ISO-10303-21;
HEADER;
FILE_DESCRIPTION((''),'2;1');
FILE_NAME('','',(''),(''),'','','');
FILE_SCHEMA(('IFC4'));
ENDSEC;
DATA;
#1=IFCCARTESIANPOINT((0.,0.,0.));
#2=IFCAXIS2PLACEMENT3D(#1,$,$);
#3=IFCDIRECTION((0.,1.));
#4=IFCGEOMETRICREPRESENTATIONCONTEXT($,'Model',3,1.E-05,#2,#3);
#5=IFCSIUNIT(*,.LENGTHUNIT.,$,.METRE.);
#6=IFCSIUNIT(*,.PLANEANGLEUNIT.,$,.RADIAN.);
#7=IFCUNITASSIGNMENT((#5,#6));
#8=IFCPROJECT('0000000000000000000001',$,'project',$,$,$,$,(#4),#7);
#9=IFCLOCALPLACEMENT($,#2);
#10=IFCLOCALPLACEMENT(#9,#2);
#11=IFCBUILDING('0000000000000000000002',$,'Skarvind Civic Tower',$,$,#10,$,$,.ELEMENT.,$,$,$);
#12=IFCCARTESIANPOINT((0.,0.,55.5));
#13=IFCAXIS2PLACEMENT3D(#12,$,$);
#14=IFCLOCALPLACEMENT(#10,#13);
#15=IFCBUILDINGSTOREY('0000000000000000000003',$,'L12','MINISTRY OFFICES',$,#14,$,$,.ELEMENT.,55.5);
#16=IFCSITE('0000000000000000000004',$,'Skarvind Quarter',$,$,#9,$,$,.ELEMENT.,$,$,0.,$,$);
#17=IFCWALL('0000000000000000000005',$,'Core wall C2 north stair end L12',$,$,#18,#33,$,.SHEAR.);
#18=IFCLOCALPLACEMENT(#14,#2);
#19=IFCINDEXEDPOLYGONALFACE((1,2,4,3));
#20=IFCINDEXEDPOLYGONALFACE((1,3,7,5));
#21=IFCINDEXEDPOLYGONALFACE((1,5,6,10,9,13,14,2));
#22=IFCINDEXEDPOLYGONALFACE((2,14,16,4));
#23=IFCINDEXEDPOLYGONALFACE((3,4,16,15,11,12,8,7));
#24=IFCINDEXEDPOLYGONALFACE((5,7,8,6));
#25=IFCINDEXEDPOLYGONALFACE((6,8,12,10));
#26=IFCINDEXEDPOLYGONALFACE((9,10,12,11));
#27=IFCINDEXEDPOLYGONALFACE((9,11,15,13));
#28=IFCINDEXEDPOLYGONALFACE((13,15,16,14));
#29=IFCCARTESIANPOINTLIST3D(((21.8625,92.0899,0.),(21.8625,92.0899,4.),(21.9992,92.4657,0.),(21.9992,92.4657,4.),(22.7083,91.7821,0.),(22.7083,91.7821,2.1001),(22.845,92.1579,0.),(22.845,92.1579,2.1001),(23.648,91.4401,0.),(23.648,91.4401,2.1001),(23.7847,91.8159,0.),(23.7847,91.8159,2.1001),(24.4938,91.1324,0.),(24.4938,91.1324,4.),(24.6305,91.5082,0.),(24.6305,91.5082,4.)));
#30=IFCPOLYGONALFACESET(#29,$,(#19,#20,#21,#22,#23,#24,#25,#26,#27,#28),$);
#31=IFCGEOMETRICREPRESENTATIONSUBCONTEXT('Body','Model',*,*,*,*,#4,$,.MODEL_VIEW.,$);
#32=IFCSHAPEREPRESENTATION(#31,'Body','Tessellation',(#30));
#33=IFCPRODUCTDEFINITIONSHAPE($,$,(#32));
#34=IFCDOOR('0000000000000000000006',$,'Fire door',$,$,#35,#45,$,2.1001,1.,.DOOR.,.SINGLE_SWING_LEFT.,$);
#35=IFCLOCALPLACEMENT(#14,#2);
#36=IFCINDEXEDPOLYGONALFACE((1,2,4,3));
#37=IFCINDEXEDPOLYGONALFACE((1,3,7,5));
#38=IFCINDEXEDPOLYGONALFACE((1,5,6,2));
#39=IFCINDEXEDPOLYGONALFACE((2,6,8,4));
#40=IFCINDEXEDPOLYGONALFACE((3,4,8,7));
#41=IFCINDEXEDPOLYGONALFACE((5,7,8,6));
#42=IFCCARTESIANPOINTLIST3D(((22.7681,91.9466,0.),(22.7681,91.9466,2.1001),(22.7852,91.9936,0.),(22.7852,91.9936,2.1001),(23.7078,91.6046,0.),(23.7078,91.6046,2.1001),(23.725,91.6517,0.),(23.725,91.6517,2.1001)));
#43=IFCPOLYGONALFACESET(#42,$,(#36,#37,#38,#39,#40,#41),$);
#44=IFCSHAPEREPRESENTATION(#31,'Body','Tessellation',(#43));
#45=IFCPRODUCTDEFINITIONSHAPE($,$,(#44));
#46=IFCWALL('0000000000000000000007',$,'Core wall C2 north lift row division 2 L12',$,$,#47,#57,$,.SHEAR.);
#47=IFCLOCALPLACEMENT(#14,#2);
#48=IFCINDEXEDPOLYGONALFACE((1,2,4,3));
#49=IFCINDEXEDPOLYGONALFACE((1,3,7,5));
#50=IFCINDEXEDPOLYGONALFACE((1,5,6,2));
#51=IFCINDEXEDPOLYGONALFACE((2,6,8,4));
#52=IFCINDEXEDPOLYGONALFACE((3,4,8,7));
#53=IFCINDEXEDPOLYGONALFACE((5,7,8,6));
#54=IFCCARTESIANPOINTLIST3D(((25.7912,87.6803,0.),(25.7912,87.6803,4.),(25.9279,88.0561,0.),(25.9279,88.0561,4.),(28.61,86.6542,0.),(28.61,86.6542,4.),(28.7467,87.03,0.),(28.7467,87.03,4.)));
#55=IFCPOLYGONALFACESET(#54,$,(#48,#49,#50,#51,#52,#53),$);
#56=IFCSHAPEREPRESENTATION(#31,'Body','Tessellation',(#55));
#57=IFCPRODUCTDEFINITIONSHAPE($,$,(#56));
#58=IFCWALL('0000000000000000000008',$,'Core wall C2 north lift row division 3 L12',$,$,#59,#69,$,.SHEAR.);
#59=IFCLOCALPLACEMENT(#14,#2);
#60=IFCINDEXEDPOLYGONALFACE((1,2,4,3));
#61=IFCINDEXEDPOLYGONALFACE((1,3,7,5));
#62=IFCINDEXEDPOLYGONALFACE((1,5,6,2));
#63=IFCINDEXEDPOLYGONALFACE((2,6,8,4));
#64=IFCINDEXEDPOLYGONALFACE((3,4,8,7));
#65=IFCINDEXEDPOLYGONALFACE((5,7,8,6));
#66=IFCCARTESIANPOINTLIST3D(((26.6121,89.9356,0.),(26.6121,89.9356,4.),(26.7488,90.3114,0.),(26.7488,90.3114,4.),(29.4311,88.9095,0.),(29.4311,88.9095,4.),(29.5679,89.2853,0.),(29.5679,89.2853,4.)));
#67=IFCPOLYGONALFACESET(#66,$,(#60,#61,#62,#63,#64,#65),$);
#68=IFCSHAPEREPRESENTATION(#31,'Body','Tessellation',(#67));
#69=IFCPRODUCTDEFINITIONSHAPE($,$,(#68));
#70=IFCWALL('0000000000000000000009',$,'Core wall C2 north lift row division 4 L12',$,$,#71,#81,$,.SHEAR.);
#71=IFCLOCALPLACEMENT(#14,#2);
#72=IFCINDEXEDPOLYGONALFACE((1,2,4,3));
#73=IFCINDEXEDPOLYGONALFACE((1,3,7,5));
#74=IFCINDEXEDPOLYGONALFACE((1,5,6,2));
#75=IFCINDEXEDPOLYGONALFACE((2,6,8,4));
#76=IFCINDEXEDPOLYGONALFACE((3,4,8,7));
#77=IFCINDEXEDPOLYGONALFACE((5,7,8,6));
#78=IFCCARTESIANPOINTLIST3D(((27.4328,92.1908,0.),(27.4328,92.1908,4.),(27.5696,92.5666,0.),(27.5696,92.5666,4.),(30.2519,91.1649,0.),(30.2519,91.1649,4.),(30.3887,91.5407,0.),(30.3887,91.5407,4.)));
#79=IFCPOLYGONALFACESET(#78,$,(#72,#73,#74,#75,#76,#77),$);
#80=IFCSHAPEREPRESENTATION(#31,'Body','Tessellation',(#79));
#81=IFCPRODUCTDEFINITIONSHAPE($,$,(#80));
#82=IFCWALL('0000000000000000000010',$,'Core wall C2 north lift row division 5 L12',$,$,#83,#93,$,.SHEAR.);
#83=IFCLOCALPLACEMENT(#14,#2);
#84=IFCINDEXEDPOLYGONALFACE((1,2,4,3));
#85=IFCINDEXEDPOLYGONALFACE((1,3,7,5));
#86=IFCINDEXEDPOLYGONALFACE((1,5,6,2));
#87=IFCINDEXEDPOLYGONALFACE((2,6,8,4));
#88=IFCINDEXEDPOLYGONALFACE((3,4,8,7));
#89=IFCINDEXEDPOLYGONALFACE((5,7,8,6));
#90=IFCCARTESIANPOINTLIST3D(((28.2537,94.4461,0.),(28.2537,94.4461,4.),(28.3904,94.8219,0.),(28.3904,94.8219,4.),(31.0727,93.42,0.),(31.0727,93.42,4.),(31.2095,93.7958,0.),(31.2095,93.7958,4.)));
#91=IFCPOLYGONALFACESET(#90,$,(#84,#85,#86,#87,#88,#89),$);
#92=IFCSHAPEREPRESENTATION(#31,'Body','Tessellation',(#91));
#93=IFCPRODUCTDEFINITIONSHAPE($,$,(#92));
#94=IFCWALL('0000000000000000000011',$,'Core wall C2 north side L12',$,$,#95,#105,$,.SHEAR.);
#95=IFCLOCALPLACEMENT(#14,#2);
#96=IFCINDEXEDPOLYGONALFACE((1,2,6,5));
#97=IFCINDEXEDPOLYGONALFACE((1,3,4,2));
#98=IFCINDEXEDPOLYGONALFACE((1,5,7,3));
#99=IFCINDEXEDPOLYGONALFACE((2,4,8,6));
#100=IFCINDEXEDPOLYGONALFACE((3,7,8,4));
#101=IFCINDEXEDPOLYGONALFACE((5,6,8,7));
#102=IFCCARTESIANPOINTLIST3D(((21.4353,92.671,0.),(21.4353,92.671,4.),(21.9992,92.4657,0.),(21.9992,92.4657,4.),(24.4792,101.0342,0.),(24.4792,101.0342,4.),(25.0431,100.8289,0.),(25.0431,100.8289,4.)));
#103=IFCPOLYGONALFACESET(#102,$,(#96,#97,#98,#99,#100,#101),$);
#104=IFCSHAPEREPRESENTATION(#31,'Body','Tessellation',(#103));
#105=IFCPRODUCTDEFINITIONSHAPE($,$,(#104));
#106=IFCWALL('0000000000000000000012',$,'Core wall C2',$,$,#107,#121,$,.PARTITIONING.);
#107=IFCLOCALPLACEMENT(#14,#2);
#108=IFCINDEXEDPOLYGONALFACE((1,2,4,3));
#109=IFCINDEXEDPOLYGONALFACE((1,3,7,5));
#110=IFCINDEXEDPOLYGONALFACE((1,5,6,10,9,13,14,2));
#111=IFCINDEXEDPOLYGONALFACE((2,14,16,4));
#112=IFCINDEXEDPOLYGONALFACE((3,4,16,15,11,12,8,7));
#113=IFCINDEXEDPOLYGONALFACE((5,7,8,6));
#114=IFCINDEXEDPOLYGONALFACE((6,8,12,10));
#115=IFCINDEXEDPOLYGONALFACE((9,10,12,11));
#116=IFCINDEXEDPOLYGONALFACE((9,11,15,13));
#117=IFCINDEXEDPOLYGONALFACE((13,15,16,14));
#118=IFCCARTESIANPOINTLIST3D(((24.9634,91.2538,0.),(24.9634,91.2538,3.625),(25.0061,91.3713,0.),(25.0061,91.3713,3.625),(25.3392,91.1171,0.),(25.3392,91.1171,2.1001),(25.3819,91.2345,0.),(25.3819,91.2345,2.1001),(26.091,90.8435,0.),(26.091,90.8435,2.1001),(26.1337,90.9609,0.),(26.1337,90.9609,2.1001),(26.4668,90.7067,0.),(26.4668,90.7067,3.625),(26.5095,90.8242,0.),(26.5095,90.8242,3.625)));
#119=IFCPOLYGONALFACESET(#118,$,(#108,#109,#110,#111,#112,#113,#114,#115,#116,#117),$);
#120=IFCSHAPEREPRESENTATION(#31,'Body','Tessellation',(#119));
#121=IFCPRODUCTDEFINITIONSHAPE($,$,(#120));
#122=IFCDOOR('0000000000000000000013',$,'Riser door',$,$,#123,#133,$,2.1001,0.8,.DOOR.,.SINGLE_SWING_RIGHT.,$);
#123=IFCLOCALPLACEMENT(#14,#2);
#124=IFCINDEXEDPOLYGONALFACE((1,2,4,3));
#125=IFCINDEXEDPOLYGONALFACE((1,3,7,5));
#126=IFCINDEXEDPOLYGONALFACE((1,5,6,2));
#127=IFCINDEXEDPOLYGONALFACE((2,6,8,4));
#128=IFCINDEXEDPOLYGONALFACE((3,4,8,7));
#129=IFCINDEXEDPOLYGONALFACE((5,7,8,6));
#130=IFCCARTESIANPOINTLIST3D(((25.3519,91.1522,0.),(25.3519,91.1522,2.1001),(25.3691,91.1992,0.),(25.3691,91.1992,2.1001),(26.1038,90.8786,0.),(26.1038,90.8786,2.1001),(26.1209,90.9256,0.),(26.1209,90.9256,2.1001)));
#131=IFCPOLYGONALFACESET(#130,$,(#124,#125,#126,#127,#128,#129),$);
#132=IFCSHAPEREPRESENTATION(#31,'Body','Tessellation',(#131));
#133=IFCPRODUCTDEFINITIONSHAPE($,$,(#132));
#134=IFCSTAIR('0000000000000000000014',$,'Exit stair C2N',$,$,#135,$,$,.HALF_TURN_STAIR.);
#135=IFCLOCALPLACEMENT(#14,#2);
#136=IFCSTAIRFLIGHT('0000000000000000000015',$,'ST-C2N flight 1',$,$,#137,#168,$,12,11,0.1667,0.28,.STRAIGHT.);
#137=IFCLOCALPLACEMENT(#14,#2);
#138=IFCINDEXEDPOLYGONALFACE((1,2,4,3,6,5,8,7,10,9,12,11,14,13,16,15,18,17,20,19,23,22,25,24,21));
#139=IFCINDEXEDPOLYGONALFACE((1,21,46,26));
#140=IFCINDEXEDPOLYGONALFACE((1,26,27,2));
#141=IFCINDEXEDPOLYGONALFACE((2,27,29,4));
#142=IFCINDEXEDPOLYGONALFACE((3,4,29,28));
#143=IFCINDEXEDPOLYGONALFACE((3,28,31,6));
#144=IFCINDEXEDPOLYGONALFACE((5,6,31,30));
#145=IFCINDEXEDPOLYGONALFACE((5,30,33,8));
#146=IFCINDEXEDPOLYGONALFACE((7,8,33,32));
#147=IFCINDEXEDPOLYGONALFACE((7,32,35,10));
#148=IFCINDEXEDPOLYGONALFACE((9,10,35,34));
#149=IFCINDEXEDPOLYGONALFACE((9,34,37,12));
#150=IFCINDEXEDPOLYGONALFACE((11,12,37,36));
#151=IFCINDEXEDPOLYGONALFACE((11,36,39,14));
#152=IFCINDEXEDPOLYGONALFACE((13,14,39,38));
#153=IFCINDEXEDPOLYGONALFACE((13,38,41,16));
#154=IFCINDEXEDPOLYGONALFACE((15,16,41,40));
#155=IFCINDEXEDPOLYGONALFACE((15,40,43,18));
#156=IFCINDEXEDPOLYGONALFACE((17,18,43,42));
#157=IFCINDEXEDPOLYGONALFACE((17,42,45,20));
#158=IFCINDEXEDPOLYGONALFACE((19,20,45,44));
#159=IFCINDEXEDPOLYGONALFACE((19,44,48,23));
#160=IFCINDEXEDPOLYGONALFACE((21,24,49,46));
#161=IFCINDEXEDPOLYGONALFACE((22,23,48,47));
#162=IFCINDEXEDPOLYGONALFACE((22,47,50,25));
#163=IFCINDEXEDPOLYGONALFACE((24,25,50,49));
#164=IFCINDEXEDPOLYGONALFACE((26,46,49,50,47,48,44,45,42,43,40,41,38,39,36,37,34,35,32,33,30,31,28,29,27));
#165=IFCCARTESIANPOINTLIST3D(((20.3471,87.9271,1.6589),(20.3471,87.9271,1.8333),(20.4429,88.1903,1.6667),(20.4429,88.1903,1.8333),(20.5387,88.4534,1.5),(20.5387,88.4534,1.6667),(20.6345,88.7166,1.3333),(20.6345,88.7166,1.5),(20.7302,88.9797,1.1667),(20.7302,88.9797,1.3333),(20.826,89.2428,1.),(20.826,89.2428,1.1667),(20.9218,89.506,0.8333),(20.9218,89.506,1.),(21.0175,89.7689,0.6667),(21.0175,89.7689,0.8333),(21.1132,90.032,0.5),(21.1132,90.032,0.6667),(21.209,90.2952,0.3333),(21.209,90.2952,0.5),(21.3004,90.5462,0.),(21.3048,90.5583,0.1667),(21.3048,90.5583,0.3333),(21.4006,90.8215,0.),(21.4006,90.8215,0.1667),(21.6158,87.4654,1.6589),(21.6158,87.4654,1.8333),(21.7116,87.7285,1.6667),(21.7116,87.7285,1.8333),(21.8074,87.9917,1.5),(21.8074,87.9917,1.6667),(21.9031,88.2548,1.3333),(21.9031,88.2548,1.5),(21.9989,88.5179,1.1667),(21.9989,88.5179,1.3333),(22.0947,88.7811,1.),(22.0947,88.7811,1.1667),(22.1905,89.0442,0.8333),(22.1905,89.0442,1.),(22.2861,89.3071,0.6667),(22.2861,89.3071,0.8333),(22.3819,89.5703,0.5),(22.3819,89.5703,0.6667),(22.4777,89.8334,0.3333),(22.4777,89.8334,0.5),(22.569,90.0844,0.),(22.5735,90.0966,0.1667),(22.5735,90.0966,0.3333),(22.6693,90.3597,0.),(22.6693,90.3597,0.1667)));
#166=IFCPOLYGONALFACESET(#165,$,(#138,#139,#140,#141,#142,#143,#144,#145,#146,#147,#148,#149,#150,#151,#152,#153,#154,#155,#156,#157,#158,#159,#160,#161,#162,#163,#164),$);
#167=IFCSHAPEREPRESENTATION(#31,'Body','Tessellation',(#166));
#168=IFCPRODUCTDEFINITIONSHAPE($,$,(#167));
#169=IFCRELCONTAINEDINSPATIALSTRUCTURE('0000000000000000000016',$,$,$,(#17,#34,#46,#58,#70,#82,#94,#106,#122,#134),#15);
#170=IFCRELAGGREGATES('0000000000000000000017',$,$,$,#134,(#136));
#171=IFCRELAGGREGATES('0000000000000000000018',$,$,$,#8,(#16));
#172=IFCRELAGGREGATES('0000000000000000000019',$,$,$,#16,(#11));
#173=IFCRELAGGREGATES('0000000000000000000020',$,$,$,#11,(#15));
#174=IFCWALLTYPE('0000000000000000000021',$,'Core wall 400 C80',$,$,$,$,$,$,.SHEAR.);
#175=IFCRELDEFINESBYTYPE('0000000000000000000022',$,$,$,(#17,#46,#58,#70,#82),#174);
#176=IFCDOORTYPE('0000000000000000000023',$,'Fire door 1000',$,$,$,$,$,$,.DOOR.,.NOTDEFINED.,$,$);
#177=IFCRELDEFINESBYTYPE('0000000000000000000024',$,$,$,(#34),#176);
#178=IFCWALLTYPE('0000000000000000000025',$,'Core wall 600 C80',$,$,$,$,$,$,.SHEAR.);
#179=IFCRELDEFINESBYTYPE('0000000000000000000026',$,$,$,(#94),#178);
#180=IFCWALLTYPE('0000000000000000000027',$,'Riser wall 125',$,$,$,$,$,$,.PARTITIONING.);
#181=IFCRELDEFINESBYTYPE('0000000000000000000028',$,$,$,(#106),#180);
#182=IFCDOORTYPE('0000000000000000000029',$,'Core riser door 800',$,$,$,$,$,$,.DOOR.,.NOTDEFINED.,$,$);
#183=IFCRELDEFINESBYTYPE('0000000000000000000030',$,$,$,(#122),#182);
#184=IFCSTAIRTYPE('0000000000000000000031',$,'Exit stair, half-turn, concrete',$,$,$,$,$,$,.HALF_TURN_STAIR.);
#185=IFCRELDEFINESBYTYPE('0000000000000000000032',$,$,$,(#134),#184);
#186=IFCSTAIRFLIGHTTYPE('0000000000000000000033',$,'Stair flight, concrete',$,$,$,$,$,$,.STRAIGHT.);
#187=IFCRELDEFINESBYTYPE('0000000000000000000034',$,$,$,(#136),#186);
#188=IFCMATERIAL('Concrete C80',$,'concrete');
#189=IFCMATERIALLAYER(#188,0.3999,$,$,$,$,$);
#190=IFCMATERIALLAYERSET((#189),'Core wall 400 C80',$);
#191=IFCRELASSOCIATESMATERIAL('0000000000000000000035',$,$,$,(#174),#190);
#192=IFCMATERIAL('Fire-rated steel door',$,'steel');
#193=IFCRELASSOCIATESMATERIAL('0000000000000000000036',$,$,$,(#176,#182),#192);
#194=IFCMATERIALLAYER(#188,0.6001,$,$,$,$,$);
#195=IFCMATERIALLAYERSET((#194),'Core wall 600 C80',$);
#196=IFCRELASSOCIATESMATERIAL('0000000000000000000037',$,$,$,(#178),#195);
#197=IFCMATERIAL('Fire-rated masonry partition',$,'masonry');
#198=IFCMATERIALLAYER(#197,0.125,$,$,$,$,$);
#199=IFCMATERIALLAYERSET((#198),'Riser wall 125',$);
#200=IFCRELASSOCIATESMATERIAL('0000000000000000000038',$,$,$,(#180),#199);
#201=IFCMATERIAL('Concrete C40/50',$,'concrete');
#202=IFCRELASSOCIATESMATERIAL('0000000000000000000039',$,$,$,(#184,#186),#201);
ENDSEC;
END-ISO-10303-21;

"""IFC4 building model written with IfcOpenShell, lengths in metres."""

from ifc_helpers import new_model, si_unit, direction, frame, frame_2d, origin, place, context, subcontext, project, spatial, polyline, rectangle, outline, extrude, material, layer, layer_set, type_object, element, fill, aggregate, save


model = new_model("IFC4")

# Units and contexts
model_context = context("Model", 3, precision=1e-05, world=origin(), true_north=direction((0.0, 1.0)))
body_context = subcontext(model_context, "Body", "Model", "MODEL_VIEW")
ifc_project = project(units=[si_unit("LENGTHUNIT", "METRE"), si_unit("PLANEANGLEUNIT", "RADIAN")], contexts=[model_context])

# Site, building, storey
site_placement = place(None, origin())
site = spatial("IfcSite", under=ifc_project, at=site_placement, Name="Skarvind Quarter", CompositionType="ELEMENT", RefElevation=0.0)
building_placement = place(site_placement, origin())
building = spatial("IfcBuilding", under=site, at=building_placement, Name="Skarvind Civic Tower", CompositionType="ELEMENT")
storey_placement = place(building_placement, frame((0.0, 0.0, 55.5)))
storey = spatial("IfcBuildingStorey", under=building, at=storey_placement, Name="L12", Description="MINISTRY OFFICES", CompositionType="ELEMENT", Elevation=55.5)

# Wall, opening, door
ifc_material_1 = material(Name="Concrete C80", Category="concrete")
ifc_layer_1 = layer(ifc_material_1, 0.3999)
ifc_layer_set_1 = layer_set([ifc_layer_1], Name="Core wall 400 C80")
wall_type_1 = type_object("IfcWallType", Name="Core wall 400 C80", PredefinedType="SHEAR", material=ifc_layer_set_1)
wall_1_placement = place(storey_placement, frame((24.562, 91.3203, 0.0), z_axis=(0.0, 0.0, 1.0), x_axis=(-0.939717, 0.341953, 0.0)))
wall_1 = element("IfcWall", 1, at=wall_1_placement, inside=storey, type_object=wall_type_1, Name="Core wall C2 north stair end L12", PredefinedType="SHEAR", context=body_context, shape_type="SweptSolid", body=[
    extrude(rectangle(XDim=2.8, YDim=0.3999, at=frame_2d((1.3999, 0.0))), origin(), (0.0, 0.0, 1.0), 4.0),
])
opening_1_placement = place(wall_1_placement, frame((0.8999, 0.0, 0.0)))
opening_1 = element("IfcOpeningElement", 2, at=opening_1_placement, cuts=wall_1, PredefinedType="OPENING", context=body_context, shape_type="SweptSolid", body=[
    extrude(rectangle(XDim=1.0, YDim=2.1001, at=frame_2d((0.5, 1.05))), frame((0.0, 0.21, 0.0), z_axis=(0.0, -1.0, 0.0), x_axis=(1.0, 0.0, 0.0)), (0.0, 0.0, 1.0), 0.4199),
])
ifc_material_2 = material(Name="Fire-rated steel door", Category="steel")
door_type_1 = type_object("IfcDoorType", Name="Fire door 1000", OperationType="NOTDEFINED", PredefinedType="DOOR", material=ifc_material_2)
door_1_placement = place(opening_1_placement, origin())
door_1 = element("IfcDoor", 3, at=door_1_placement, inside=storey, type_object=door_type_1, Name="Fire door", OperationType="SINGLE_SWING_LEFT", OverallHeight=2.1001, OverallWidth=1.0, PredefinedType="DOOR", context=body_context, shape_type="SweptSolid", body=[
    extrude(rectangle(XDim=1.0, YDim=2.1001, at=frame_2d((0.5, 1.05))), frame((0.0, 0.0249, 0.0), z_axis=(0.0, -1.0, 0.0), x_axis=(1.0, 0.0, 0.0)), (0.0, 0.0, 1.0), 0.05),
])
fill(opening_1, door_1)

# Walls
wall_2_placement = place(storey_placement, frame((28.6785, 86.842, 0.0), z_axis=(0.0, 0.0, 1.0), x_axis=(-0.939677, 0.342063, 0.0)))
element("IfcWall", 4, at=wall_2_placement, inside=storey, type_object=wall_type_1, Name="Core wall C2 north lift row division 2 L12", PredefinedType="SHEAR", context=body_context, shape_type="SweptSolid", body=[
    extrude(rectangle(XDim=2.9998, YDim=0.3999, at=frame_2d((1.5, 0.0))), origin(), (0.0, 0.0, 1.0), 4.0),
])
for number, where, z_axis, x_axis, name in (
    (5, (29.4995, 89.0974, 0.0), (0.0, 0.0, 1.0), (-0.939686, 0.342037, 0.0), "Core wall C2 north lift row division 3 L12"),
    (6, (30.3203, 91.3528, 0.0), (0.0, 0.0, 1.0), (-0.939713, 0.341965, 0.0), "Core wall C2 north lift row division 4 L12"),
    (7, (31.1411, 93.6079, 0.0), (0.0, 0.0, 1.0), (-0.939686, 0.342037, 0.0), "Core wall C2 north lift row division 5 L12"),
):
    element("IfcWall", number, at=place(storey_placement, frame(where, z_axis=z_axis, x_axis=x_axis)), inside=storey, type_object=wall_type_1, Name=name, PredefinedType="SHEAR", context=body_context, shape_type="SweptSolid", body=[
        extrude(rectangle(XDim=3.0, YDim=0.3999, at=frame_2d((1.5, 0.0))), origin(), (0.0, 0.0, 1.0), 4.0),
    ])
ifc_layer_2 = layer(ifc_material_1, 0.6001)
ifc_layer_set_2 = layer_set([ifc_layer_2], Name="Core wall 600 C80")
wall_type_2 = type_object("IfcWallType", Name="Core wall 600 C80", PredefinedType="SHEAR", material=ifc_layer_set_2)
wall_3_placement = place(storey_placement, frame((21.7173, 92.5684, 0.0), z_axis=(0.0, 0.0, 1.0), x_axis=(0.342016, 0.939694, 0.0)))
element("IfcWall", 8, at=wall_3_placement, inside=storey, type_object=wall_type_2, Name="Core wall C2 north side L12", PredefinedType="SHEAR", context=body_context, shape_type="SweptSolid", body=[
    extrude(rectangle(XDim=8.8999, YDim=0.6001, at=frame_2d((4.45, 0.0))), origin(), (0.0, 0.0, 1.0), 4.0),
])

# Wall, opening, door
ifc_material_3 = material(Name="Fire-rated masonry partition", Category="masonry")
ifc_layer_3 = layer(ifc_material_3, 0.125)
ifc_layer_set_3 = layer_set([ifc_layer_3], Name="Riser wall 125")
wall_type_3 = type_object("IfcWallType", Name="Riser wall 125", PredefinedType="PARTITIONING", material=ifc_layer_set_3)
wall_4_placement = place(storey_placement, frame((24.9849, 91.3125, 0.0), z_axis=(0.0, 0.0, 1.0), x_axis=(0.939709, -0.341976, 0.0)))
wall_4 = element("IfcWall", 9, at=wall_4_placement, inside=storey, type_object=wall_type_3, Name="Core wall C2", PredefinedType="PARTITIONING", context=body_context, shape_type="SweptSolid", body=[
    extrude(rectangle(XDim=1.5999, YDim=0.125, at=frame_2d((0.7998, 0.0))), origin(), (0.0, 0.0, 1.0), 3.625),
])
opening_2_placement = place(wall_4_placement, frame((0.3999, 0.0, 0.0)))
opening_2 = element("IfcOpeningElement", 10, at=opening_2_placement, cuts=wall_4, PredefinedType="OPENING", context=body_context, shape_type="SweptSolid", body=[
    extrude(rectangle(XDim=0.8, YDim=2.1001, at=frame_2d((0.3999, 1.05))), frame((0.0, 0.0725, 0.0), z_axis=(0.0, -1.0, 0.0), x_axis=(1.0, 0.0, 0.0)), (0.0, 0.0, 1.0), 0.145),
])
door_type_2 = type_object("IfcDoorType", Name="Core riser door 800", OperationType="NOTDEFINED", PredefinedType="DOOR", material=ifc_material_2)
door_2_placement = place(opening_2_placement, origin())
door_2 = element("IfcDoor", 11, at=door_2_placement, inside=storey, type_object=door_type_2, Name="Riser door", OperationType="SINGLE_SWING_RIGHT", OverallHeight=2.1001, OverallWidth=0.8, PredefinedType="DOOR", context=body_context, shape_type="SweptSolid", body=[
    extrude(rectangle(XDim=0.8, YDim=2.1001, at=frame_2d((0.3999, 1.05))), frame((0.0, 0.0249, 0.0), z_axis=(0.0, -1.0, 0.0), x_axis=(1.0, 0.0, 0.0)), (0.0, 0.0, 1.0), 0.05),
])
fill(opening_2, door_2)

# Stair, stair flight
ifc_material_4 = material(Name="Concrete C40/50", Category="concrete")
stair_type = type_object("IfcStairType", Name="Exit stair, half-turn, concrete", PredefinedType="HALF_TURN_STAIR", material=ifc_material_4)
stair_placement = place(storey_placement, origin())
stair = element("IfcStair", 12, at=stair_placement, inside=storey, type_object=stair_type, Name="Exit stair C2N", PredefinedType="HALF_TURN_STAIR")
stair_flight_type = type_object("IfcStairFlightType", Name="Stair flight, concrete", PredefinedType="STRAIGHT", material=ifc_material_4)
stair_flight_1_placement = place(storey_placement, frame((22.0349, 90.5906, 0.0), z_axis=(0.0, 0.0, 1.0), x_axis=(-0.34202, -0.939693, 0.0)))
stair_flight_1 = element("IfcStairFlight", 13, at=stair_flight_1_placement, type_object=stair_flight_type, Name="ST-C2N flight 1", NumberOfRisers=12, NumberOfTreads=11, PredefinedType="STRAIGHT", RiserHeight=0.1667, TreadLength=0.28, context=body_context, shape_type="SweptSolid", body=[
    extrude(outline(polyline([(0.0, 0.0), (0.0, 0.1667), (0.28, 0.1667), (0.28, 0.3333), (0.5601, 0.3333), (0.5601, 0.5), (0.8401, 0.5), (0.8401, 0.6667), (1.1201, 0.6667), (1.1201, 0.8333), (1.3999, 0.8333), (1.3999, 1.0), (1.6799, 1.0), (1.6799, 1.1667), (1.96, 1.1667), (1.96, 1.3333), (2.24, 1.3333), (2.24, 1.5), (2.52, 1.5), (2.52, 1.6667), (2.8, 1.6667), (2.8, 1.8333), (3.0801, 1.8333), (3.0801, 2.0), (3.0801, 1.6589), (0.293, 0.0), (0.0, 0.0)])), frame((0.0, 0.675, 0.0), z_axis=(0.0, -1.0, 0.0), x_axis=(1.0, 0.0, 0.0)), (0.0, 0.0, 1.0), 1.3501),
])
aggregate(stair, [stair_flight_1])

save(model, "model.ifc")
